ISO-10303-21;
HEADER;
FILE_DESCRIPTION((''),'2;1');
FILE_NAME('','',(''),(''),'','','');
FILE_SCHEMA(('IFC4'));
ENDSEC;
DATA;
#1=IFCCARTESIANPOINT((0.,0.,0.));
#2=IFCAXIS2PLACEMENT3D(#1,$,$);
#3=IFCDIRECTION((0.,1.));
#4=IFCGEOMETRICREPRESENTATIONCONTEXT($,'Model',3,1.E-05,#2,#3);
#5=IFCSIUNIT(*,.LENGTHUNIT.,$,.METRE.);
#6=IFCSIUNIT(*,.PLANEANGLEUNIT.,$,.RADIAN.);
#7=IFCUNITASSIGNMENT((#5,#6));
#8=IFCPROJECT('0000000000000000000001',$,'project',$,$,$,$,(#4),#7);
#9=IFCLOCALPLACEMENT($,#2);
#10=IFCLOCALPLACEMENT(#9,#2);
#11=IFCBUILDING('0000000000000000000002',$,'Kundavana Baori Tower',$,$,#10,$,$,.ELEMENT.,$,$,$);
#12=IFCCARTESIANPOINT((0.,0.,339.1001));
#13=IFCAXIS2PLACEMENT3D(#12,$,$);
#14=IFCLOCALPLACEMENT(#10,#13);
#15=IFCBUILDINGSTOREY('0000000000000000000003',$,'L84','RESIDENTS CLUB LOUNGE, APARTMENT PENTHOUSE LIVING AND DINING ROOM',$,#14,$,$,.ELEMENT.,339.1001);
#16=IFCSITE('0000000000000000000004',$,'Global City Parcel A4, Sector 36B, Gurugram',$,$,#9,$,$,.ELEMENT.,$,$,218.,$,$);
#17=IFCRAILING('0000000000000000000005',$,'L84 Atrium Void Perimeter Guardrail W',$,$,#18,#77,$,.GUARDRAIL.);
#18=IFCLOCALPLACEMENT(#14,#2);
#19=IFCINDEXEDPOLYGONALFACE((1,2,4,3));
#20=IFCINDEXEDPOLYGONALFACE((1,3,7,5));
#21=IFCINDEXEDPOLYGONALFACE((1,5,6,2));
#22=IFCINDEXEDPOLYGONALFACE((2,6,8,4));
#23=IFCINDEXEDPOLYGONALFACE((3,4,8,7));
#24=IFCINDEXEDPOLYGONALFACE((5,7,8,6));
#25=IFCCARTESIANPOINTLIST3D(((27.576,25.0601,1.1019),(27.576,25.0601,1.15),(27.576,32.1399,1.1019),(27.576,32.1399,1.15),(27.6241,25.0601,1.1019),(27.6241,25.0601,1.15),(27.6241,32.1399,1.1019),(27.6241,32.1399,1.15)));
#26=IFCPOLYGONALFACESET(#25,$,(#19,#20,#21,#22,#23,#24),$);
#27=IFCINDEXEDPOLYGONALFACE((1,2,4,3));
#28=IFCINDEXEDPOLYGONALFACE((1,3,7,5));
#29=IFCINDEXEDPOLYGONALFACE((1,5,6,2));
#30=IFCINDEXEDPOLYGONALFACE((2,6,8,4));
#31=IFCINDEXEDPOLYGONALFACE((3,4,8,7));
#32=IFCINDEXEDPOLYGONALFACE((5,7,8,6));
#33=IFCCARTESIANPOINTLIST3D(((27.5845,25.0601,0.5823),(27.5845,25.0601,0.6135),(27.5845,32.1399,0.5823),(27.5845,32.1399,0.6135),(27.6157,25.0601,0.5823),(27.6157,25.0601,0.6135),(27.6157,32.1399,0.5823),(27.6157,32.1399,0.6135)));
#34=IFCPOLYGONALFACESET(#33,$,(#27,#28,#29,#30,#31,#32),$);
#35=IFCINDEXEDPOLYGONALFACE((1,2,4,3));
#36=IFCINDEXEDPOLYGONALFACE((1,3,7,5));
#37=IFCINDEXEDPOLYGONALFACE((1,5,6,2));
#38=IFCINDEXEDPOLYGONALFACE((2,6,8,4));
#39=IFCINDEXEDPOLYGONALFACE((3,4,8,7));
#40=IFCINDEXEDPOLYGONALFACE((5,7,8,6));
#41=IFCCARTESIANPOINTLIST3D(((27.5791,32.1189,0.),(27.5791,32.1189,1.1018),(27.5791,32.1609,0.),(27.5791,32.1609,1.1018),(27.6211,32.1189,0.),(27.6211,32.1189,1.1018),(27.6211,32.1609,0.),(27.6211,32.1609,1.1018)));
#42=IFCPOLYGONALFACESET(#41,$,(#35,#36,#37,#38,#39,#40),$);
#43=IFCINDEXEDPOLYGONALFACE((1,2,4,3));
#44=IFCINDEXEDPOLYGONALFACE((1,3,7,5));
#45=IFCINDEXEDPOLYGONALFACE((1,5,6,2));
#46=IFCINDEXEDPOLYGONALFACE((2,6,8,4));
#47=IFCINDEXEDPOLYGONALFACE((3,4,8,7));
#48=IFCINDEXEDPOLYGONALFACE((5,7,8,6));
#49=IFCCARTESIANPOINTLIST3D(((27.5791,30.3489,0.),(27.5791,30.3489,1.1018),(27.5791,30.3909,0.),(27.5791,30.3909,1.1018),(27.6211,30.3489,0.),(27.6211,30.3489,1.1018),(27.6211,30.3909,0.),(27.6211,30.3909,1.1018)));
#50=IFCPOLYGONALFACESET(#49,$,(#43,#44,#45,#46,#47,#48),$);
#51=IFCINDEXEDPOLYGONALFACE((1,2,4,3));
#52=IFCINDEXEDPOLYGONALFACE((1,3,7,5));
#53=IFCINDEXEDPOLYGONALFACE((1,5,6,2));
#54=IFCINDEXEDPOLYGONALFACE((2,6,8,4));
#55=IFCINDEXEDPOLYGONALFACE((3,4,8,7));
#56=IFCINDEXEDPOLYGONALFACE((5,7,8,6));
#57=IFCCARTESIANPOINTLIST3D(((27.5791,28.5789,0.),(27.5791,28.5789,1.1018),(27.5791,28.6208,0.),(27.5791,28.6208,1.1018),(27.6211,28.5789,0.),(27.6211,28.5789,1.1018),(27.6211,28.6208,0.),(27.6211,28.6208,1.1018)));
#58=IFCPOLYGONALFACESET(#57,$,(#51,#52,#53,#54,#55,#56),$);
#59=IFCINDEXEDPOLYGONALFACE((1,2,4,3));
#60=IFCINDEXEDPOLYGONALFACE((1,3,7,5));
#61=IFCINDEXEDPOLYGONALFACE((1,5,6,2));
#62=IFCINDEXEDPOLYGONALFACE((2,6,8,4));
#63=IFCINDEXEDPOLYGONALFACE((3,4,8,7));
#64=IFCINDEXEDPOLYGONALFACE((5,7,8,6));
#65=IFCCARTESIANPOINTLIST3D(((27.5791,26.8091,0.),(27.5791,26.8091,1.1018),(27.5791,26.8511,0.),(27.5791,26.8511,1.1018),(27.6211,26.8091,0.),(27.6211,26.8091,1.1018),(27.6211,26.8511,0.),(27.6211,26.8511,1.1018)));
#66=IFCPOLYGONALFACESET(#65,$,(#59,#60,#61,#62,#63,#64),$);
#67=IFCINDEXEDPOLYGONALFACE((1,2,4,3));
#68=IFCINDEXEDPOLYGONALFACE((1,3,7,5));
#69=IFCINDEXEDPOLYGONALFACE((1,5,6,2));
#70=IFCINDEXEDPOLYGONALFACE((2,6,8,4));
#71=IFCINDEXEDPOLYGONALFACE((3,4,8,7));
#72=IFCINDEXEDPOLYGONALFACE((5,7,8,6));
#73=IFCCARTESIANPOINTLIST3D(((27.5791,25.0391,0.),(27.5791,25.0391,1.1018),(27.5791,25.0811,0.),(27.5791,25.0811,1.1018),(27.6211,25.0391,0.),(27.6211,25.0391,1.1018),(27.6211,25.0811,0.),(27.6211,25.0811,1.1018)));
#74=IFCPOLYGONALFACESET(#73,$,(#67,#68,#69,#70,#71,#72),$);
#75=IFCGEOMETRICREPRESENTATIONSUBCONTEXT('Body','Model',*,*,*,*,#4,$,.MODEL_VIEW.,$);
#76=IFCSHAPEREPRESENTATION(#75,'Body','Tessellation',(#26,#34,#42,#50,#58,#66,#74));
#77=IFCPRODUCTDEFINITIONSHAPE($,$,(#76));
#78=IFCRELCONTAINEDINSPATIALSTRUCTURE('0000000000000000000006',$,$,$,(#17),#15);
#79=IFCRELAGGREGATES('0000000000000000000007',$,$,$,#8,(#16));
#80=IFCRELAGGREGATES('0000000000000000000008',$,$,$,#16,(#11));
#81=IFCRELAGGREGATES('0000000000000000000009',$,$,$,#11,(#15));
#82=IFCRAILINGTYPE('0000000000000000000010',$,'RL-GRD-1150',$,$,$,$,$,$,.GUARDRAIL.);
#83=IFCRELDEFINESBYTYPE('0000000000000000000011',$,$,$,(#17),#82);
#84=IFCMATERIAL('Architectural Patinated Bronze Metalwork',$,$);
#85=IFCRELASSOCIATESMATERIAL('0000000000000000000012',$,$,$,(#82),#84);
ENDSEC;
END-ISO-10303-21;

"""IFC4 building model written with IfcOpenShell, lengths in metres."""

from ifc_helpers import new_model, si_unit, direction, frame, origin, origin_2d, place, context, subcontext, project, spatial, rectangle, extrude, material, type_object, element, save


model = new_model("IFC4")

# Units and contexts
model_context = context("Model", 3, precision=1e-05, world=origin(), true_north=direction((0.0, 1.0)))
body_context = subcontext(model_context, "Body", "Model", "MODEL_VIEW")
ifc_project = project(units=[si_unit("LENGTHUNIT", "METRE"), si_unit("PLANEANGLEUNIT", "RADIAN")], contexts=[model_context])

# Site, building, storey
site_placement = place(None, origin())
site = spatial("IfcSite", under=ifc_project, at=site_placement, Name="Global City Parcel A4, Sector 36B, Gurugram", CompositionType="ELEMENT", RefElevation=218.0)
building_placement = place(site_placement, origin())
building = spatial("IfcBuilding", under=site, at=building_placement, Name="Kundavana Baori Tower", CompositionType="ELEMENT")
storey_placement = place(building_placement, frame((0.0, 0.0, 339.1001)))
storey = spatial("IfcBuildingStorey", under=building, at=storey_placement, Name="L84", Description="RESIDENTS CLUB LOUNGE, APARTMENT PENTHOUSE LIVING AND DINING ROOM", CompositionType="ELEMENT", Elevation=339.1001)

# Railing
ifc_material_1 = material(Name="Architectural Patinated Bronze Metalwork")
railing_type = type_object("IfcRailingType", Name="RL-GRD-1150", PredefinedType="GUARDRAIL", material=ifc_material_1)
railing_1_placement = place(storey_placement, frame((27.6001, 32.1399, 0.0)))
element("IfcRailing", 1, at=railing_1_placement, inside=storey, type_object=railing_type, Name="L84 Atrium Void Perimeter Guardrail W", PredefinedType="GUARDRAIL", context=body_context, shape_type="SweptSolid", body=[
    extrude(rectangle(XDim=0.0481, YDim=0.0481, at=origin_2d()), frame((0.0, 0.0, 1.126), z_axis=(0.0, -1.0, 0.0), x_axis=(1.0, 0.0, 0.0)), (0.0, 0.0, 1.0), 7.0798),
    extrude(rectangle(XDim=0.0312, YDim=0.0312, at=origin_2d()), frame((0.0, 0.0, 0.5979), z_axis=(0.0, -1.0, 0.0), x_axis=(1.0, 0.0, 0.0)), (0.0, 0.0, 1.0), 7.0798),
    extrude(rectangle(XDim=0.042, YDim=0.042, at=origin_2d()), origin(), (0.0, 0.0, 1.0), 1.1018),
    extrude(rectangle(XDim=0.042, YDim=0.042, at=origin_2d()), frame((0.0, -1.77, 0.0)), (0.0, 0.0, 1.0), 1.1018),
    extrude(rectangle(XDim=0.042, YDim=0.042, at=origin_2d()), frame((0.0, -3.54, 0.0)), (0.0, 0.0, 1.0), 1.1018),
    extrude(rectangle(XDim=0.042, YDim=0.042, at=origin_2d()), frame((0.0, -5.3098, 0.0)), (0.0, 0.0, 1.0), 1.1018),
    extrude(rectangle(XDim=0.042, YDim=0.042, at=origin_2d()), frame((0.0, -7.0798, 0.0)), (0.0, 0.0, 1.0), 1.1018),
])

save(model, "model.ifc")
